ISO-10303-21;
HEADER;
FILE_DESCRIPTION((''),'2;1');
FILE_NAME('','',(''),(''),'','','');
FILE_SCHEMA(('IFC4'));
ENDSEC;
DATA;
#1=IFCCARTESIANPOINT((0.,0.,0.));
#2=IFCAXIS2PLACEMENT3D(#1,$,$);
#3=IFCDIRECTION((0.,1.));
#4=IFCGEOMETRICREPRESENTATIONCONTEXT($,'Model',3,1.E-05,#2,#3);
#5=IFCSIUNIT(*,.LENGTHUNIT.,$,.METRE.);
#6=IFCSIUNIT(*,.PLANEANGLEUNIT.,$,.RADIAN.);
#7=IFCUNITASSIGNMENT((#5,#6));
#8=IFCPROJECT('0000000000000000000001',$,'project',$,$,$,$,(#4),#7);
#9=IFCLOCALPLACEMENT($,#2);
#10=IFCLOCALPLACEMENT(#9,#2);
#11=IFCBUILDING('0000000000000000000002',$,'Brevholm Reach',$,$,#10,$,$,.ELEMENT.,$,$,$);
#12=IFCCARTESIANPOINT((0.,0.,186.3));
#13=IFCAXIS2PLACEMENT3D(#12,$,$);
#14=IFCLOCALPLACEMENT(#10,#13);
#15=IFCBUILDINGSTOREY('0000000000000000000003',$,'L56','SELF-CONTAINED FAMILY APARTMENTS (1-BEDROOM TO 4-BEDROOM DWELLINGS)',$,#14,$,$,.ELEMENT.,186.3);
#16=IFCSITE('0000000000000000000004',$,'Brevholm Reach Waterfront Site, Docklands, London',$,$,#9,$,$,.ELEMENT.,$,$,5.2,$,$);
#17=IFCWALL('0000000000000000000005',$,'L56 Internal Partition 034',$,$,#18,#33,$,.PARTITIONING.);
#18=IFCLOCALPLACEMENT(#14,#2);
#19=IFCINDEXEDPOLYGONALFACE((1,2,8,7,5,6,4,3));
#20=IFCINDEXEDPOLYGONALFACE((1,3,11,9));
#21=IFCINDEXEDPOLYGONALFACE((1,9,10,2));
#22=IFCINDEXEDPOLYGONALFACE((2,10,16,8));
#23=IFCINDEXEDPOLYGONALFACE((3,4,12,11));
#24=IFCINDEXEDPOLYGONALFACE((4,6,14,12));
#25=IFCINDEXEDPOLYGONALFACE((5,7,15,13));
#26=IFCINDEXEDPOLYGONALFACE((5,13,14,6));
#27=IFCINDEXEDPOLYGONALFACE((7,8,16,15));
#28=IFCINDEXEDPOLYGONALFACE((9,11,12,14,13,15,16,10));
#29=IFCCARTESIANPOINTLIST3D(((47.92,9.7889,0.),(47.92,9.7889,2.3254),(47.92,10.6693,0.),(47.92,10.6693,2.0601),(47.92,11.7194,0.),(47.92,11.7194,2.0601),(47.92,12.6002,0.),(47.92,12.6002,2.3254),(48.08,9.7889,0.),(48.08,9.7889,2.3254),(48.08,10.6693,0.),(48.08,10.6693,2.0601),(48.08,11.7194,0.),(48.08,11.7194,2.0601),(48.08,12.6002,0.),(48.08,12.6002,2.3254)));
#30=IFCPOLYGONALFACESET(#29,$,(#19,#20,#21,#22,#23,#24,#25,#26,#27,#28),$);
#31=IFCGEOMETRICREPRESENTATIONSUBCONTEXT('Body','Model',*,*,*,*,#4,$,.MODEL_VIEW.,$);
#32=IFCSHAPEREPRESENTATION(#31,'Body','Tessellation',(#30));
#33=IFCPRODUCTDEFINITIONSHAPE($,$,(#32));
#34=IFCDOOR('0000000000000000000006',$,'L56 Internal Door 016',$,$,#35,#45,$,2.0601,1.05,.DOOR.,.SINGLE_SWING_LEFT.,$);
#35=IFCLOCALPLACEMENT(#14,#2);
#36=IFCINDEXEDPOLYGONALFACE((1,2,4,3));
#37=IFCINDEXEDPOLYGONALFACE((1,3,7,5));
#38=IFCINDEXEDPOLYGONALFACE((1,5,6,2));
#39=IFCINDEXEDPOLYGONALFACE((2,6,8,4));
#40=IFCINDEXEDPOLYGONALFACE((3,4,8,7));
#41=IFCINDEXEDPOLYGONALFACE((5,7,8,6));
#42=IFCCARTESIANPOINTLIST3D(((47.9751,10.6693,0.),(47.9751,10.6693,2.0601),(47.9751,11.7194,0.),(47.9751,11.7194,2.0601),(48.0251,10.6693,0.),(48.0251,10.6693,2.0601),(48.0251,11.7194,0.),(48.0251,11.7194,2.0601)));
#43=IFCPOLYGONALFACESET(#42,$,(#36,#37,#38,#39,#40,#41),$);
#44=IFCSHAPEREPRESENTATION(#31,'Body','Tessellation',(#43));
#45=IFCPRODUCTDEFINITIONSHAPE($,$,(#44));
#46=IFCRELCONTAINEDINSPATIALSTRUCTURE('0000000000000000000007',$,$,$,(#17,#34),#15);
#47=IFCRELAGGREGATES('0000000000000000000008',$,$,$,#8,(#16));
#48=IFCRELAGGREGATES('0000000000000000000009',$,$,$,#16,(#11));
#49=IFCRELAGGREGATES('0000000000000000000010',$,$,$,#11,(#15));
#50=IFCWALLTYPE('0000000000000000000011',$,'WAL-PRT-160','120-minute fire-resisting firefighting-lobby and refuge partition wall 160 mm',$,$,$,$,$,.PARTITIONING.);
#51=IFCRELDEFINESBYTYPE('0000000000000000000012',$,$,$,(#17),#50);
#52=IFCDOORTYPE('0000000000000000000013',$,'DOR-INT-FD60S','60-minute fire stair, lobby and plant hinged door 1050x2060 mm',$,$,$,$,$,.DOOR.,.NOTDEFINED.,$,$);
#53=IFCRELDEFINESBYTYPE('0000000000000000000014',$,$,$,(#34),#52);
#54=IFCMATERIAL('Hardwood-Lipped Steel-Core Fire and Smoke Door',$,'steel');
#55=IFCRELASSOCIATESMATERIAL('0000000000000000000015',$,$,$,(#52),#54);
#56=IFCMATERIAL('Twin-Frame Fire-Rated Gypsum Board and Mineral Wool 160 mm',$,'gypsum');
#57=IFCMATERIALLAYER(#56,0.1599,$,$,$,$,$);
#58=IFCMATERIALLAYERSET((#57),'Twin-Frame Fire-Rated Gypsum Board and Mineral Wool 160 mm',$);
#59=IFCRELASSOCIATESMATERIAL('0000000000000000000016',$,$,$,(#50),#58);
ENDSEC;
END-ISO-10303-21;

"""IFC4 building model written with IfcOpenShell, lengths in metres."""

from ifc_helpers import new_model, si_unit, direction, frame, frame_2d, origin, place, context, subcontext, project, spatial, rectangle, extrude, material, layer, layer_set, type_object, element, fill, save


model = new_model("IFC4")

# Units and contexts
model_context = context("Model", 3, precision=1e-05, world=origin(), true_north=direction((0.0, 1.0)))
body_context = subcontext(model_context, "Body", "Model", "MODEL_VIEW")
ifc_project = project(units=[si_unit("LENGTHUNIT", "METRE"), si_unit("PLANEANGLEUNIT", "RADIAN")], contexts=[model_context])

# Site, building, storey
site_placement = place(None, origin())
site = spatial("IfcSite", under=ifc_project, at=site_placement, Name="Brevholm Reach Waterfront Site, Docklands, London", CompositionType="ELEMENT", RefElevation=5.2)
building_placement = place(site_placement, origin())
building = spatial("IfcBuilding", under=site, at=building_placement, Name="Brevholm Reach", CompositionType="ELEMENT")
storey_placement = place(building_placement, frame((0.0, 0.0, 186.3)))
storey = spatial("IfcBuildingStorey", under=building, at=storey_placement, Name="L56", Description="SELF-CONTAINED FAMILY APARTMENTS (1-BEDROOM TO 4-BEDROOM DWELLINGS)", CompositionType="ELEMENT", Elevation=186.3)

# Shared definitions
ifc_material_1 = material(Name="Hardwood-Lipped Steel-Core Fire and Smoke Door", Category="steel")
door_type_1 = type_object("IfcDoorType", Name="DOR-INT-FD60S", Description="60-minute fire stair, lobby and plant hinged door 1050x2060 mm", OperationType="NOTDEFINED", PredefinedType="DOOR", material=ifc_material_1)

# Wall, opening, door
ifc_material_2 = material(Name="Twin-Frame Fire-Rated Gypsum Board and Mineral Wool 160 mm", Category="gypsum")
ifc_layer_1 = layer(ifc_material_2, 0.1599)
ifc_layer_set_1 = layer_set([ifc_layer_1], Name="Twin-Frame Fire-Rated Gypsum Board and Mineral Wool 160 mm")
wall_type_1 = type_object("IfcWallType", Name="WAL-PRT-160", Description="120-minute fire-resisting firefighting-lobby and refuge partition wall 160 mm", PredefinedType="PARTITIONING", material=ifc_layer_set_1)
wall_1_placement = place(storey_placement, frame((48.0, 9.7888, 0.0), z_axis=(0.0, 0.0, 1.0), x_axis=(0.0, 1.0, 0.0)))
wall_1 = element("IfcWall", 1, at=wall_1_placement, inside=storey, type_object=wall_type_1, Name="L56 Internal Partition 034", PredefinedType="PARTITIONING", context=body_context, shape_type="SweptSolid", body=[
    extrude(rectangle(XDim=2.8113, YDim=0.1599, at=frame_2d((1.4058, 0.0))), origin(), (0.0, 0.0, 1.0), 2.3254),
])
opening_1_placement = place(wall_1_placement, frame((0.8806, 0.0, 0.0)))
opening_1 = element("IfcOpeningElement", 2, at=opening_1_placement, cuts=wall_1, PredefinedType="OPENING", context=body_context, shape_type="SweptSolid", body=[
    extrude(rectangle(XDim=1.05, YDim=2.0601, at=frame_2d((0.5249, 1.03))), frame((0.0, 0.0898, 0.0), z_axis=(0.0, -1.0, 0.0), x_axis=(1.0, 0.0, 0.0)), (0.0, 0.0, 1.0), 0.1799),
])
door_1_placement = place(opening_1_placement, origin())
door_1 = element("IfcDoor", 3, at=door_1_placement, inside=storey, type_object=door_type_1, Name="L56 Internal Door 016", OperationType="SINGLE_SWING_LEFT", OverallHeight=2.0601, OverallWidth=1.05, PredefinedType="DOOR", context=body_context, shape_type="SweptSolid", body=[
    extrude(rectangle(XDim=1.05, YDim=2.0601, at=frame_2d((0.5249, 1.03))), frame((0.0, 0.0249, 0.0), z_axis=(0.0, -1.0, 0.0), x_axis=(1.0, 0.0, 0.0)), (0.0, 0.0, 1.0), 0.05),
])
fill(opening_1, door_1)

save(model, "model.ifc")
